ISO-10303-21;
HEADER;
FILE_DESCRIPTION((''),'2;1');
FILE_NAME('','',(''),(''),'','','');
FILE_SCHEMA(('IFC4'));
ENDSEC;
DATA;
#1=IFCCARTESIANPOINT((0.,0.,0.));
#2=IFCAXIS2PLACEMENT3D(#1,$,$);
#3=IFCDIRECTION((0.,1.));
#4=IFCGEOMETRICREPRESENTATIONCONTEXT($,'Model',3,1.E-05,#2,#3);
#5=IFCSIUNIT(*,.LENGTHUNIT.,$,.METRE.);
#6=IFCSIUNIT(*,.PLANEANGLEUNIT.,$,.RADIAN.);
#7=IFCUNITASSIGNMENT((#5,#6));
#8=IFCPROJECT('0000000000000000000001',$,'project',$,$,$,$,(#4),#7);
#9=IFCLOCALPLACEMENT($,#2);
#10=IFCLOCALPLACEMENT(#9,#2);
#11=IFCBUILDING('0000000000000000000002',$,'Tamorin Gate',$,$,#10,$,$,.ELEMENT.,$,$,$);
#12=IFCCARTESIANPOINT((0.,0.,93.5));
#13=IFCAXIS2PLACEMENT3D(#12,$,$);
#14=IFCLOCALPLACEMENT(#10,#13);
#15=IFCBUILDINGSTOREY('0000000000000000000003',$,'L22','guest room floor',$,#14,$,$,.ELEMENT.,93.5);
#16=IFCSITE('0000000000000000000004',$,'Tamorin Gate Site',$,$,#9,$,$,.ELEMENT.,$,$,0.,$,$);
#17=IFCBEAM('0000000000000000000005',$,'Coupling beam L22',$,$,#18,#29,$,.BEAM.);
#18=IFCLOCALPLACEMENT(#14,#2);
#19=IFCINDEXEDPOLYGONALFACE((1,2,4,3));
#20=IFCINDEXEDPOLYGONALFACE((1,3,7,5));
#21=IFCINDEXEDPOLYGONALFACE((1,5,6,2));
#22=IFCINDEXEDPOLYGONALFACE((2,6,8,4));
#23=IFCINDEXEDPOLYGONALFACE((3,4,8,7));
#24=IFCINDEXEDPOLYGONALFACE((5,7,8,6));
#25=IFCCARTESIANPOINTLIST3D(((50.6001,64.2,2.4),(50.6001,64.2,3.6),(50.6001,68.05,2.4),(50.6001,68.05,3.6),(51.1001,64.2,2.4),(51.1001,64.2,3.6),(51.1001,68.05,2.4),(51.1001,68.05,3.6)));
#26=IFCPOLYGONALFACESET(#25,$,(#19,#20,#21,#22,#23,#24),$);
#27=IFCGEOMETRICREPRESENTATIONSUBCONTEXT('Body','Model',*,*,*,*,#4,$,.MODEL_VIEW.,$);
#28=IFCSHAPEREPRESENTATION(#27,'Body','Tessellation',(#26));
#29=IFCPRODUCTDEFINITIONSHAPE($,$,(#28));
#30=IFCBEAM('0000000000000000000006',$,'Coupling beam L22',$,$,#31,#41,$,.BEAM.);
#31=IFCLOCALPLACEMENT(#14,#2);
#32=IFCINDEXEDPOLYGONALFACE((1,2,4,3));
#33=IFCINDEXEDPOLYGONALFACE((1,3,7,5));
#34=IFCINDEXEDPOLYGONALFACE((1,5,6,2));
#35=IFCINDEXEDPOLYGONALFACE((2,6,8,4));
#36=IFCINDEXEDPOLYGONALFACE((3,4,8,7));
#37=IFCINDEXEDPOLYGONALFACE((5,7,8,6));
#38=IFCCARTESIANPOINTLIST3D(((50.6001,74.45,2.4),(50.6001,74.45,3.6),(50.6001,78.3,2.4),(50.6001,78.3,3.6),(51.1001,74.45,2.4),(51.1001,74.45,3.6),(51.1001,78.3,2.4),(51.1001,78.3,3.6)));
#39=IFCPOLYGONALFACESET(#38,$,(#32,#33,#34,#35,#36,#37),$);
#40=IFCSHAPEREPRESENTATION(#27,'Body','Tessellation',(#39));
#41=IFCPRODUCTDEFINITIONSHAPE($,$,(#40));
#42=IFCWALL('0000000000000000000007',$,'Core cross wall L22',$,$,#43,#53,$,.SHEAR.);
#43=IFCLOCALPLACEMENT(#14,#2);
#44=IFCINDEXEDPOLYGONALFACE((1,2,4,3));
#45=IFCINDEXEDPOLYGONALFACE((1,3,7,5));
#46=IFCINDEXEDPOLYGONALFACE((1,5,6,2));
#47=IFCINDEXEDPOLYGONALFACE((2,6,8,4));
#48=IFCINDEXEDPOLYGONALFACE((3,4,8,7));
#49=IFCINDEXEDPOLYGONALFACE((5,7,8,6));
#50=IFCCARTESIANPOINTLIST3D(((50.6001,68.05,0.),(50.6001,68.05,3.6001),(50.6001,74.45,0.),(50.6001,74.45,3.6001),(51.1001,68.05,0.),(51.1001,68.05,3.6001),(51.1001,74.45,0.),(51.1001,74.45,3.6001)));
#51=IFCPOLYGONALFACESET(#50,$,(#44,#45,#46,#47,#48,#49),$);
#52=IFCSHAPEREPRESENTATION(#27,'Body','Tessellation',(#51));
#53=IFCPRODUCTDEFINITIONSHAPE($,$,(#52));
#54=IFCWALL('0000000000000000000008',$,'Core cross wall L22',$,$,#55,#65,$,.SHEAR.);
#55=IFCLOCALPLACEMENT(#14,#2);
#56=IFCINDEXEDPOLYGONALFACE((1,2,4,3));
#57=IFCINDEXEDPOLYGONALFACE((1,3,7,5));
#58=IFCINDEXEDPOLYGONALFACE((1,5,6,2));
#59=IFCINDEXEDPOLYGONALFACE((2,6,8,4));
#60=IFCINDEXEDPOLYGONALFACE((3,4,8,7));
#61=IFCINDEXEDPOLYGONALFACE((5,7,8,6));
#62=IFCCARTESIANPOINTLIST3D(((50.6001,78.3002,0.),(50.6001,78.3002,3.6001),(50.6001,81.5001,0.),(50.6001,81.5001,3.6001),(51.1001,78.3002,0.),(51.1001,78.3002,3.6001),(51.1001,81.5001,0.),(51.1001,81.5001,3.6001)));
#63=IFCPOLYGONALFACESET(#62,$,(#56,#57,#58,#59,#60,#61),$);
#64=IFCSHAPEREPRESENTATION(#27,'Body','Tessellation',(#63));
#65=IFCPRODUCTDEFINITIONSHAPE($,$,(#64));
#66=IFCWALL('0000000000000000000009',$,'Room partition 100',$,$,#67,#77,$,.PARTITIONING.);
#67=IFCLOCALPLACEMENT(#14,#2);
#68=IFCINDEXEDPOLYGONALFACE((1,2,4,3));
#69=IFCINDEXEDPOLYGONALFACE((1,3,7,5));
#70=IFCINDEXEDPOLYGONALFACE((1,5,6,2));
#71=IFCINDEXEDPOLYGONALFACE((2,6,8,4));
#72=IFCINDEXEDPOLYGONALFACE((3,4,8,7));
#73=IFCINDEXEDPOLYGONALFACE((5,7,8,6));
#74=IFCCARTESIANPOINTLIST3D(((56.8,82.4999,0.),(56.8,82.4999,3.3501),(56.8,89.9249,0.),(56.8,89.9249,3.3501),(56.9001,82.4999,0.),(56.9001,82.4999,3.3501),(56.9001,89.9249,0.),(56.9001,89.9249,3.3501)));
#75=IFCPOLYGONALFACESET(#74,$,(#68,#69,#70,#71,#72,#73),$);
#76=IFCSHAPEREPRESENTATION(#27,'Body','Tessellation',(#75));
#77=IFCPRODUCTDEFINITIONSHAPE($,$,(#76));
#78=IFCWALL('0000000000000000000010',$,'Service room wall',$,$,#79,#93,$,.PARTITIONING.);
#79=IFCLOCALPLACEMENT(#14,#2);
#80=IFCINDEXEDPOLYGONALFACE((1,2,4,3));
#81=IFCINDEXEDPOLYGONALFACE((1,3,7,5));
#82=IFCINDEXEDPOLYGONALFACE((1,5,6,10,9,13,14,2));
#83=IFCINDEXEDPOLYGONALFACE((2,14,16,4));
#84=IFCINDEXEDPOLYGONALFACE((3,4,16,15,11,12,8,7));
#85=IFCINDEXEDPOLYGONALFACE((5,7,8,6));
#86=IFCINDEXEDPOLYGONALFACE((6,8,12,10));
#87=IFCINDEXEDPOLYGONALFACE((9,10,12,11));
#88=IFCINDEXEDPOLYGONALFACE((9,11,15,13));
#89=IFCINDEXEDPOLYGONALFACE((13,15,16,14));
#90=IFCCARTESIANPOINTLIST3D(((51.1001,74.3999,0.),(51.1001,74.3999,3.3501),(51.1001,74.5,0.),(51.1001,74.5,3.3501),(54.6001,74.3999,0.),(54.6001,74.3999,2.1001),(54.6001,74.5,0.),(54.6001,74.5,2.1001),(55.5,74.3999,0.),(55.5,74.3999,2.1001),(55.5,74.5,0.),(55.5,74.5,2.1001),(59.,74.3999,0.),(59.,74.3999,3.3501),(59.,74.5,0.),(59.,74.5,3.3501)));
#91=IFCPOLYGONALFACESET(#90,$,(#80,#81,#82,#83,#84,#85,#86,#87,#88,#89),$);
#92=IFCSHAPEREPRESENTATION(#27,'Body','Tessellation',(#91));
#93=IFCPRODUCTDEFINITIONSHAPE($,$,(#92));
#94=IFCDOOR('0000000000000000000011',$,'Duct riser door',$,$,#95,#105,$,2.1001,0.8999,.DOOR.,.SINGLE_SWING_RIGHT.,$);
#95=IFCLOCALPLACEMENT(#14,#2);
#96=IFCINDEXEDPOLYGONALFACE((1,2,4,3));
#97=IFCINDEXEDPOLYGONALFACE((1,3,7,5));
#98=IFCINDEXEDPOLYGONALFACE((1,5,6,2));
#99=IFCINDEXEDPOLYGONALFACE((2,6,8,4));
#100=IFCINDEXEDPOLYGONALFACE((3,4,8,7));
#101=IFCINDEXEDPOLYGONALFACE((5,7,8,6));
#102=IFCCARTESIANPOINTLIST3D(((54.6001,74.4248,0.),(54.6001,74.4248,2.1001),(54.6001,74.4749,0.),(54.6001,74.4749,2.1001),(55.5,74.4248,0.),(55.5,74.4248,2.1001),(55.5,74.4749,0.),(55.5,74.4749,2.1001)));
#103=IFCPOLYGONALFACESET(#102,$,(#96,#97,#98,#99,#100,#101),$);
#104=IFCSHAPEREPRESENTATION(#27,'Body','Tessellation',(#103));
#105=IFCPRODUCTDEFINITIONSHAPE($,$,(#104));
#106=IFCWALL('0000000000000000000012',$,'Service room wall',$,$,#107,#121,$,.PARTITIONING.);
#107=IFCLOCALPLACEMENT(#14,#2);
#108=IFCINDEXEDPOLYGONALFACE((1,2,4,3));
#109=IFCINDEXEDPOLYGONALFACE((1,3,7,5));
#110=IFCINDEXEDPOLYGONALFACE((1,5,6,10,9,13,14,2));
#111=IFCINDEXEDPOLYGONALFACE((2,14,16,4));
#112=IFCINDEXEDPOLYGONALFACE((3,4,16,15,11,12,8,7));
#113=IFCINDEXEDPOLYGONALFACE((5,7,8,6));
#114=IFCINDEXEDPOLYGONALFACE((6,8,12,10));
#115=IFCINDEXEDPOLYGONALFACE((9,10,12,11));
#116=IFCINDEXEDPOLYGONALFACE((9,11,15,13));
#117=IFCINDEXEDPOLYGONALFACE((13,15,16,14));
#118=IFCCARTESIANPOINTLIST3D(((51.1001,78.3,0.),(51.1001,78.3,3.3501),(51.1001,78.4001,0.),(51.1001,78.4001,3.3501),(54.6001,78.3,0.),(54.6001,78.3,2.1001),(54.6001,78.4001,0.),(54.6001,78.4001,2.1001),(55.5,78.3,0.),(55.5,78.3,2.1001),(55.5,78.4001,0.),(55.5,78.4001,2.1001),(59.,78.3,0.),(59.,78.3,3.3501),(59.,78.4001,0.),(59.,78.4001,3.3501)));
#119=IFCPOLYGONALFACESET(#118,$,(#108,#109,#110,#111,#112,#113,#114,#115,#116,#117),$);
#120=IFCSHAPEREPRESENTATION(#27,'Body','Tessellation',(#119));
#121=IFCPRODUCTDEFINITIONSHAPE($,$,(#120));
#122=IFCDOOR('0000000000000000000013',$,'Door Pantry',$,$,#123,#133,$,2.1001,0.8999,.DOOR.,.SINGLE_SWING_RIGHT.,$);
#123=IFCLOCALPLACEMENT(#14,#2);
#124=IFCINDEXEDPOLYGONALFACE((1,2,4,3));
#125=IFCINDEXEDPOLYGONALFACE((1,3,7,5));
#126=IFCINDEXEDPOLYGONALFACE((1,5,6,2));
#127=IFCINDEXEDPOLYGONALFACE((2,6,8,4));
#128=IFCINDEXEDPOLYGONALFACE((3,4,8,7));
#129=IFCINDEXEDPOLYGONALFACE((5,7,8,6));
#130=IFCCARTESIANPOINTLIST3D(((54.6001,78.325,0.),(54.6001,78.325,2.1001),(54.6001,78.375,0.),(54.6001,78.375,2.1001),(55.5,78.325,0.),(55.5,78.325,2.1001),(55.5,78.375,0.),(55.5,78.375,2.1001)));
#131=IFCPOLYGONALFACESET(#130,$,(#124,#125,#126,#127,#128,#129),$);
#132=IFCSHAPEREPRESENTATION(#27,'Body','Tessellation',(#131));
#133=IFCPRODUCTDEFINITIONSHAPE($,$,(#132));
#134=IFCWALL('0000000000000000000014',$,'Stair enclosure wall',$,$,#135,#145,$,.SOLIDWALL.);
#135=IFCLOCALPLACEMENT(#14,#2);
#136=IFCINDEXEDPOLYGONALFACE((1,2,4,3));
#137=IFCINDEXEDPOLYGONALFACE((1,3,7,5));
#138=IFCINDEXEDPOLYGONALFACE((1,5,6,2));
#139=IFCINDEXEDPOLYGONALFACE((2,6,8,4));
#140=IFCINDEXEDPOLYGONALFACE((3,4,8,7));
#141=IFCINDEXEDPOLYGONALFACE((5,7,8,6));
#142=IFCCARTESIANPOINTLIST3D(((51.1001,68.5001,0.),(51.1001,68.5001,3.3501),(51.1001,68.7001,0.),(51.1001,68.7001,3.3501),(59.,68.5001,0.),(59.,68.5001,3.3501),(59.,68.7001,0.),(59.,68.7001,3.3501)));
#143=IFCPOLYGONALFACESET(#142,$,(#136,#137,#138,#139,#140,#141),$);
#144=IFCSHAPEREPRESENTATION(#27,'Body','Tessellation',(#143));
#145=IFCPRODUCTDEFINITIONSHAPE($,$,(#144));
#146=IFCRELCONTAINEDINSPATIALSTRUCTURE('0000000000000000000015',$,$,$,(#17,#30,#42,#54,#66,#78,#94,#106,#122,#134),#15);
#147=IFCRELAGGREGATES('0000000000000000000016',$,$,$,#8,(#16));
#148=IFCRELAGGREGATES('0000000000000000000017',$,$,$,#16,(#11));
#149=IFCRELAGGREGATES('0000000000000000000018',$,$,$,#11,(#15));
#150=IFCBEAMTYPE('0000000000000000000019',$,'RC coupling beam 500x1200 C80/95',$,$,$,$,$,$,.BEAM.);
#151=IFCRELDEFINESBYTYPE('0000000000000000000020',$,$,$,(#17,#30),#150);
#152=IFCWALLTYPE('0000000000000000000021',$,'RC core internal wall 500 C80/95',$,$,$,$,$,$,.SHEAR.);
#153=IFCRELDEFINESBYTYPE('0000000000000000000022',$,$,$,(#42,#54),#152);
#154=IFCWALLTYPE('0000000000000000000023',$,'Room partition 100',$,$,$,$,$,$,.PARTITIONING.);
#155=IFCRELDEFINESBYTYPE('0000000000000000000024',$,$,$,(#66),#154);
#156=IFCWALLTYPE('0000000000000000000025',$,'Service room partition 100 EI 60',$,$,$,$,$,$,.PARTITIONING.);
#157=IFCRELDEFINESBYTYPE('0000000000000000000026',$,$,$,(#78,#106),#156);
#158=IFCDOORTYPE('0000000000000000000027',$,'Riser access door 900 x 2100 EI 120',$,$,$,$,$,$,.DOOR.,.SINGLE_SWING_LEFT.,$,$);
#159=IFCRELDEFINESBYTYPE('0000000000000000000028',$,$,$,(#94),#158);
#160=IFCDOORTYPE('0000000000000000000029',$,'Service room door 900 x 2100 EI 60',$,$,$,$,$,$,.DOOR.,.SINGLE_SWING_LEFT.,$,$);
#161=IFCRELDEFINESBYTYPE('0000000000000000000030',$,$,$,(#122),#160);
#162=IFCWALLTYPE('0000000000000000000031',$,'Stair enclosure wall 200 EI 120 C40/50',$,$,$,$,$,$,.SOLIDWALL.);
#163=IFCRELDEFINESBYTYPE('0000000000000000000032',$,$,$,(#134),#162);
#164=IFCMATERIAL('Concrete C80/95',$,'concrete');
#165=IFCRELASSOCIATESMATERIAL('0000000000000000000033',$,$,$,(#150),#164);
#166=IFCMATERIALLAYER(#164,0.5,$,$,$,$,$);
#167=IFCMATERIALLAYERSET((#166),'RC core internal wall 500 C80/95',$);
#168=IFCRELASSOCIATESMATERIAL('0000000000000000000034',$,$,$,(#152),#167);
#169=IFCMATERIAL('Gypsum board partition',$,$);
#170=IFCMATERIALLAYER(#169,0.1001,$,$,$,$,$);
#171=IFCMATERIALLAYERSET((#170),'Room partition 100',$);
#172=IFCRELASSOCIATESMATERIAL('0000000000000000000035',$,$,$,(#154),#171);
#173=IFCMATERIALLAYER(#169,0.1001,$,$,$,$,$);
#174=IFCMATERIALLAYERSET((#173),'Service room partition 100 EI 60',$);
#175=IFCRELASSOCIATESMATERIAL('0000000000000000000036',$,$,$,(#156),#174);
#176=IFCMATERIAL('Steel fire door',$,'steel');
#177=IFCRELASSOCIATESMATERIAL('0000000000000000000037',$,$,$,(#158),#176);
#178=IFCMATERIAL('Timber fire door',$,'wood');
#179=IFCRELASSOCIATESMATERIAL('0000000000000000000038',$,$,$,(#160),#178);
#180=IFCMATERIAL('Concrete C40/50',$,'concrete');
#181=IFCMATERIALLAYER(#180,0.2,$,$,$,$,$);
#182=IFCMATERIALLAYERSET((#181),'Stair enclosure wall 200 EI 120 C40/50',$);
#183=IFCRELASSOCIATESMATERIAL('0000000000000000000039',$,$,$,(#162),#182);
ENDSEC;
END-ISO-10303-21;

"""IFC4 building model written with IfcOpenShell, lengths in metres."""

from ifc_helpers import new_model, si_unit, direction, frame, frame_2d, origin, origin_2d, place, context, subcontext, project, spatial, rectangle, extrude, material, layer, layer_set, material_profile, profile_set, type_object, element, fill, save


model = new_model("IFC4")

# Units and contexts
model_context = context("Model", 3, precision=1e-05, world=origin(), true_north=direction((0.0, 1.0)))
body_context = subcontext(model_context, "Body", "Model", "MODEL_VIEW")
ifc_project = project(units=[si_unit("LENGTHUNIT", "METRE"), si_unit("PLANEANGLEUNIT", "RADIAN")], contexts=[model_context])

# Site, building, storey
site_placement = place(None, origin())
site = spatial("IfcSite", under=ifc_project, at=site_placement, Name="Tamorin Gate Site", CompositionType="ELEMENT", RefElevation=0.0)
building_placement = place(site_placement, origin())
building = spatial("IfcBuilding", under=site, at=building_placement, Name="Tamorin Gate", CompositionType="ELEMENT")
storey_placement = place(building_placement, frame((0.0, 0.0, 93.5)))
storey = spatial("IfcBuildingStorey", under=building, at=storey_placement, Name="L22", Description="guest room floor", CompositionType="ELEMENT", Elevation=93.5)

# Beams
ifc_material_1 = material(Name="Concrete C80/95", Category="concrete")
ifc_material_profile = material_profile(ifc_material_1, rectangle(XDim=0.5, YDim=1.2, at=origin_2d()), Name="RC 500x1200")
ifc_profile_set = profile_set([ifc_material_profile], Name="Concrete C80/95")
beam_type = type_object("IfcBeamType", Name="RC coupling beam 500x1200 C80/95", PredefinedType="BEAM", material=ifc_profile_set)
for number, where, z_axis, x_axis, name in (
    (1, (50.8501, 64.2, 3.0), (0.0, 1.0, 0.0), (-1.0, 0.0, 0.0), "Coupling beam L22"),
    (2, (50.8501, 74.45, 3.0), (0.0, 1.0, 0.0), (-1.0, 0.0, 0.0), "Coupling beam L22"),
):
    element("IfcBeam", number, at=place(storey_placement, frame(where, z_axis=z_axis, x_axis=x_axis)), inside=storey, type_object=beam_type, Name=name, PredefinedType="BEAM", context=body_context, shape_type="SweptSolid", body=[
        extrude(rectangle(XDim=0.5, YDim=1.2, at=origin_2d()), origin(), (0.0, 0.0, 1.0), 3.8501),
    ])

# Walls
ifc_layer_1 = layer(ifc_material_1, 0.5)
ifc_layer_set_1 = layer_set([ifc_layer_1], Name="RC core internal wall 500 C80/95")
wall_type_1 = type_object("IfcWallType", Name="RC core internal wall 500 C80/95", PredefinedType="SHEAR", material=ifc_layer_set_1)
wall_1_placement = place(storey_placement, frame((50.8501, 68.05, 0.0), z_axis=(0.0, 0.0, 1.0), x_axis=(0.0, 1.0, 0.0)))
element("IfcWall", 3, at=wall_1_placement, inside=storey, type_object=wall_type_1, Name="Core cross wall L22", PredefinedType="SHEAR", context=body_context, shape_type="SweptSolid", body=[
    extrude(rectangle(XDim=6.3999, YDim=0.5, at=frame_2d((3.2, 0.0))), origin(), (0.0, 0.0, 1.0), 3.6001),
])
wall_2_placement = place(storey_placement, frame((50.8501, 78.3, 0.0), z_axis=(0.0, 0.0, 1.0), x_axis=(0.0, 1.0, 0.0)))
element("IfcWall", 4, at=wall_2_placement, inside=storey, type_object=wall_type_1, Name="Core cross wall L22", PredefinedType="SHEAR", context=body_context, shape_type="SweptSolid", body=[
    extrude(rectangle(XDim=3.2, YDim=0.5, at=frame_2d((1.6001, 0.0))), origin(), (0.0, 0.0, 1.0), 3.6001),
])
ifc_material_2 = material(Name="Gypsum board partition")
ifc_layer_2 = layer(ifc_material_2, 0.1001)
ifc_layer_set_2 = layer_set([ifc_layer_2], Name="Room partition 100")
wall_type_2 = type_object("IfcWallType", Name="Room partition 100", PredefinedType="PARTITIONING", material=ifc_layer_set_2)
wall_3_placement = place(storey_placement, frame((56.8501, 82.5, 0.0), z_axis=(0.0, 0.0, 1.0), x_axis=(0.0, 1.0, 0.0)))
element("IfcWall", 5, at=wall_3_placement, inside=storey, type_object=wall_type_2, Name="Room partition 100", PredefinedType="PARTITIONING", context=body_context, shape_type="SweptSolid", body=[
    extrude(rectangle(XDim=7.425, YDim=0.1001, at=frame_2d((3.7124, 0.0))), origin(), (0.0, 0.0, 1.0), 3.3501),
])

# Walls, openings, doors
ifc_layer_3 = layer(ifc_material_2, 0.1001)
ifc_layer_set_3 = layer_set([ifc_layer_3], Name="Service room partition 100 EI 60")
wall_type_3 = type_object("IfcWallType", Name="Service room partition 100 EI 60", PredefinedType="PARTITIONING", material=ifc_layer_set_3)
wall_4_placement = place(storey_placement, frame((51.1001, 74.45, 0.0), z_axis=(0.0, 0.0, 1.0), x_axis=(1.0, 0.0, 0.0)))
wall_4 = element("IfcWall", 6, at=wall_4_placement, inside=storey, type_object=wall_type_3, Name="Service room wall", PredefinedType="PARTITIONING", context=body_context, shape_type="SweptSolid", body=[
    extrude(rectangle(XDim=7.8999, YDim=0.1001, at=frame_2d((3.95, 0.0))), origin(), (0.0, 0.0, 1.0), 3.3501),
])
opening_1_placement = place(wall_4_placement, frame((3.5, 0.0, 0.0)))
opening_1 = element("IfcOpeningElement", 7, at=opening_1_placement, cuts=wall_4, PredefinedType="OPENING", context=body_context, shape_type="SweptSolid", body=[
    extrude(rectangle(XDim=0.8999, YDim=2.1001, at=frame_2d((0.45, 1.05))), frame((0.0, 0.0601, 0.0), z_axis=(0.0, -1.0, 0.0), x_axis=(1.0, 0.0, 0.0)), (0.0, 0.0, 1.0), 0.1201),
])
ifc_material_3 = material(Name="Steel fire door", Category="steel")
door_type_1 = type_object("IfcDoorType", Name="Riser access door 900 x 2100 EI 120", OperationType="SINGLE_SWING_LEFT", PredefinedType="DOOR", material=ifc_material_3)
door_1_placement = place(opening_1_placement, origin())
door_1 = element("IfcDoor", 8, at=door_1_placement, inside=storey, type_object=door_type_1, Name="Duct riser door", OperationType="SINGLE_SWING_RIGHT", OverallHeight=2.1001, OverallWidth=0.8999, PredefinedType="DOOR", context=body_context, shape_type="SweptSolid", body=[
    extrude(rectangle(XDim=0.8999, YDim=2.1001, at=frame_2d((0.45, 1.05))), frame((0.0, 0.0249, 0.0), z_axis=(0.0, -1.0, 0.0), x_axis=(1.0, 0.0, 0.0)), (0.0, 0.0, 1.0), 0.05),
])
fill(opening_1, door_1)
wall_5_placement = place(storey_placement, frame((51.1001, 78.3501, 0.0), z_axis=(0.0, 0.0, 1.0), x_axis=(1.0, 0.0, 0.0)))
wall_5 = element("IfcWall", 9, at=wall_5_placement, inside=storey, type_object=wall_type_3, Name="Service room wall", PredefinedType="PARTITIONING", context=body_context, shape_type="SweptSolid", body=[
    extrude(rectangle(XDim=7.8999, YDim=0.1001, at=frame_2d((3.95, 0.0))), origin(), (0.0, 0.0, 1.0), 3.3501),
])
opening_2_placement = place(wall_5_placement, frame((3.5, 0.0, 0.0)))
opening_2 = element("IfcOpeningElement", 10, at=opening_2_placement, cuts=wall_5, PredefinedType="OPENING", context=body_context, shape_type="SweptSolid", body=[
    extrude(rectangle(XDim=0.8999, YDim=2.1001, at=frame_2d((0.45, 1.05))), frame((0.0, 0.0601, 0.0), z_axis=(0.0, -1.0, 0.0), x_axis=(1.0, 0.0, 0.0)), (0.0, 0.0, 1.0), 0.1201),
])
ifc_material_4 = material(Name="Timber fire door", Category="wood")
door_type_2 = type_object("IfcDoorType", Name="Service room door 900 x 2100 EI 60", OperationType="SINGLE_SWING_LEFT", PredefinedType="DOOR", material=ifc_material_4)
door_2_placement = place(opening_2_placement, origin())
door_2 = element("IfcDoor", 11, at=door_2_placement, inside=storey, type_object=door_type_2, Name="Door Pantry", OperationType="SINGLE_SWING_RIGHT", OverallHeight=2.1001, OverallWidth=0.8999, PredefinedType="DOOR", context=body_context, shape_type="SweptSolid", body=[
    extrude(rectangle(XDim=0.8999, YDim=2.1001, at=frame_2d((0.45, 1.05))), frame((0.0, 0.0249, 0.0), z_axis=(0.0, -1.0, 0.0), x_axis=(1.0, 0.0, 0.0)), (0.0, 0.0, 1.0), 0.05),
])
fill(opening_2, door_2)

# Wall
ifc_material_5 = material(Name="Concrete C40/50", Category="concrete")
ifc_layer_4 = layer(ifc_material_5, 0.2)
ifc_layer_set_4 = layer_set([ifc_layer_4], Name="Stair enclosure wall 200 EI 120 C40/50")
wall_type_4 = type_object("IfcWallType", Name="Stair enclosure wall 200 EI 120 C40/50", PredefinedType="SOLIDWALL", material=ifc_layer_set_4)
wall_6_placement = place(storey_placement, frame((51.1001, 68.6001, 0.0), z_axis=(0.0, 0.0, 1.0), x_axis=(1.0, 0.0, 0.0)))
element("IfcWall", 12, at=wall_6_placement, inside=storey, type_object=wall_type_4, Name="Stair enclosure wall", PredefinedType="SOLIDWALL", context=body_context, shape_type="SweptSolid", body=[
    extrude(rectangle(XDim=7.8999, YDim=0.2, at=frame_2d((3.95, 0.0))), origin(), (0.0, 0.0, 1.0), 3.3501),
])

save(model, "model.ifc")
